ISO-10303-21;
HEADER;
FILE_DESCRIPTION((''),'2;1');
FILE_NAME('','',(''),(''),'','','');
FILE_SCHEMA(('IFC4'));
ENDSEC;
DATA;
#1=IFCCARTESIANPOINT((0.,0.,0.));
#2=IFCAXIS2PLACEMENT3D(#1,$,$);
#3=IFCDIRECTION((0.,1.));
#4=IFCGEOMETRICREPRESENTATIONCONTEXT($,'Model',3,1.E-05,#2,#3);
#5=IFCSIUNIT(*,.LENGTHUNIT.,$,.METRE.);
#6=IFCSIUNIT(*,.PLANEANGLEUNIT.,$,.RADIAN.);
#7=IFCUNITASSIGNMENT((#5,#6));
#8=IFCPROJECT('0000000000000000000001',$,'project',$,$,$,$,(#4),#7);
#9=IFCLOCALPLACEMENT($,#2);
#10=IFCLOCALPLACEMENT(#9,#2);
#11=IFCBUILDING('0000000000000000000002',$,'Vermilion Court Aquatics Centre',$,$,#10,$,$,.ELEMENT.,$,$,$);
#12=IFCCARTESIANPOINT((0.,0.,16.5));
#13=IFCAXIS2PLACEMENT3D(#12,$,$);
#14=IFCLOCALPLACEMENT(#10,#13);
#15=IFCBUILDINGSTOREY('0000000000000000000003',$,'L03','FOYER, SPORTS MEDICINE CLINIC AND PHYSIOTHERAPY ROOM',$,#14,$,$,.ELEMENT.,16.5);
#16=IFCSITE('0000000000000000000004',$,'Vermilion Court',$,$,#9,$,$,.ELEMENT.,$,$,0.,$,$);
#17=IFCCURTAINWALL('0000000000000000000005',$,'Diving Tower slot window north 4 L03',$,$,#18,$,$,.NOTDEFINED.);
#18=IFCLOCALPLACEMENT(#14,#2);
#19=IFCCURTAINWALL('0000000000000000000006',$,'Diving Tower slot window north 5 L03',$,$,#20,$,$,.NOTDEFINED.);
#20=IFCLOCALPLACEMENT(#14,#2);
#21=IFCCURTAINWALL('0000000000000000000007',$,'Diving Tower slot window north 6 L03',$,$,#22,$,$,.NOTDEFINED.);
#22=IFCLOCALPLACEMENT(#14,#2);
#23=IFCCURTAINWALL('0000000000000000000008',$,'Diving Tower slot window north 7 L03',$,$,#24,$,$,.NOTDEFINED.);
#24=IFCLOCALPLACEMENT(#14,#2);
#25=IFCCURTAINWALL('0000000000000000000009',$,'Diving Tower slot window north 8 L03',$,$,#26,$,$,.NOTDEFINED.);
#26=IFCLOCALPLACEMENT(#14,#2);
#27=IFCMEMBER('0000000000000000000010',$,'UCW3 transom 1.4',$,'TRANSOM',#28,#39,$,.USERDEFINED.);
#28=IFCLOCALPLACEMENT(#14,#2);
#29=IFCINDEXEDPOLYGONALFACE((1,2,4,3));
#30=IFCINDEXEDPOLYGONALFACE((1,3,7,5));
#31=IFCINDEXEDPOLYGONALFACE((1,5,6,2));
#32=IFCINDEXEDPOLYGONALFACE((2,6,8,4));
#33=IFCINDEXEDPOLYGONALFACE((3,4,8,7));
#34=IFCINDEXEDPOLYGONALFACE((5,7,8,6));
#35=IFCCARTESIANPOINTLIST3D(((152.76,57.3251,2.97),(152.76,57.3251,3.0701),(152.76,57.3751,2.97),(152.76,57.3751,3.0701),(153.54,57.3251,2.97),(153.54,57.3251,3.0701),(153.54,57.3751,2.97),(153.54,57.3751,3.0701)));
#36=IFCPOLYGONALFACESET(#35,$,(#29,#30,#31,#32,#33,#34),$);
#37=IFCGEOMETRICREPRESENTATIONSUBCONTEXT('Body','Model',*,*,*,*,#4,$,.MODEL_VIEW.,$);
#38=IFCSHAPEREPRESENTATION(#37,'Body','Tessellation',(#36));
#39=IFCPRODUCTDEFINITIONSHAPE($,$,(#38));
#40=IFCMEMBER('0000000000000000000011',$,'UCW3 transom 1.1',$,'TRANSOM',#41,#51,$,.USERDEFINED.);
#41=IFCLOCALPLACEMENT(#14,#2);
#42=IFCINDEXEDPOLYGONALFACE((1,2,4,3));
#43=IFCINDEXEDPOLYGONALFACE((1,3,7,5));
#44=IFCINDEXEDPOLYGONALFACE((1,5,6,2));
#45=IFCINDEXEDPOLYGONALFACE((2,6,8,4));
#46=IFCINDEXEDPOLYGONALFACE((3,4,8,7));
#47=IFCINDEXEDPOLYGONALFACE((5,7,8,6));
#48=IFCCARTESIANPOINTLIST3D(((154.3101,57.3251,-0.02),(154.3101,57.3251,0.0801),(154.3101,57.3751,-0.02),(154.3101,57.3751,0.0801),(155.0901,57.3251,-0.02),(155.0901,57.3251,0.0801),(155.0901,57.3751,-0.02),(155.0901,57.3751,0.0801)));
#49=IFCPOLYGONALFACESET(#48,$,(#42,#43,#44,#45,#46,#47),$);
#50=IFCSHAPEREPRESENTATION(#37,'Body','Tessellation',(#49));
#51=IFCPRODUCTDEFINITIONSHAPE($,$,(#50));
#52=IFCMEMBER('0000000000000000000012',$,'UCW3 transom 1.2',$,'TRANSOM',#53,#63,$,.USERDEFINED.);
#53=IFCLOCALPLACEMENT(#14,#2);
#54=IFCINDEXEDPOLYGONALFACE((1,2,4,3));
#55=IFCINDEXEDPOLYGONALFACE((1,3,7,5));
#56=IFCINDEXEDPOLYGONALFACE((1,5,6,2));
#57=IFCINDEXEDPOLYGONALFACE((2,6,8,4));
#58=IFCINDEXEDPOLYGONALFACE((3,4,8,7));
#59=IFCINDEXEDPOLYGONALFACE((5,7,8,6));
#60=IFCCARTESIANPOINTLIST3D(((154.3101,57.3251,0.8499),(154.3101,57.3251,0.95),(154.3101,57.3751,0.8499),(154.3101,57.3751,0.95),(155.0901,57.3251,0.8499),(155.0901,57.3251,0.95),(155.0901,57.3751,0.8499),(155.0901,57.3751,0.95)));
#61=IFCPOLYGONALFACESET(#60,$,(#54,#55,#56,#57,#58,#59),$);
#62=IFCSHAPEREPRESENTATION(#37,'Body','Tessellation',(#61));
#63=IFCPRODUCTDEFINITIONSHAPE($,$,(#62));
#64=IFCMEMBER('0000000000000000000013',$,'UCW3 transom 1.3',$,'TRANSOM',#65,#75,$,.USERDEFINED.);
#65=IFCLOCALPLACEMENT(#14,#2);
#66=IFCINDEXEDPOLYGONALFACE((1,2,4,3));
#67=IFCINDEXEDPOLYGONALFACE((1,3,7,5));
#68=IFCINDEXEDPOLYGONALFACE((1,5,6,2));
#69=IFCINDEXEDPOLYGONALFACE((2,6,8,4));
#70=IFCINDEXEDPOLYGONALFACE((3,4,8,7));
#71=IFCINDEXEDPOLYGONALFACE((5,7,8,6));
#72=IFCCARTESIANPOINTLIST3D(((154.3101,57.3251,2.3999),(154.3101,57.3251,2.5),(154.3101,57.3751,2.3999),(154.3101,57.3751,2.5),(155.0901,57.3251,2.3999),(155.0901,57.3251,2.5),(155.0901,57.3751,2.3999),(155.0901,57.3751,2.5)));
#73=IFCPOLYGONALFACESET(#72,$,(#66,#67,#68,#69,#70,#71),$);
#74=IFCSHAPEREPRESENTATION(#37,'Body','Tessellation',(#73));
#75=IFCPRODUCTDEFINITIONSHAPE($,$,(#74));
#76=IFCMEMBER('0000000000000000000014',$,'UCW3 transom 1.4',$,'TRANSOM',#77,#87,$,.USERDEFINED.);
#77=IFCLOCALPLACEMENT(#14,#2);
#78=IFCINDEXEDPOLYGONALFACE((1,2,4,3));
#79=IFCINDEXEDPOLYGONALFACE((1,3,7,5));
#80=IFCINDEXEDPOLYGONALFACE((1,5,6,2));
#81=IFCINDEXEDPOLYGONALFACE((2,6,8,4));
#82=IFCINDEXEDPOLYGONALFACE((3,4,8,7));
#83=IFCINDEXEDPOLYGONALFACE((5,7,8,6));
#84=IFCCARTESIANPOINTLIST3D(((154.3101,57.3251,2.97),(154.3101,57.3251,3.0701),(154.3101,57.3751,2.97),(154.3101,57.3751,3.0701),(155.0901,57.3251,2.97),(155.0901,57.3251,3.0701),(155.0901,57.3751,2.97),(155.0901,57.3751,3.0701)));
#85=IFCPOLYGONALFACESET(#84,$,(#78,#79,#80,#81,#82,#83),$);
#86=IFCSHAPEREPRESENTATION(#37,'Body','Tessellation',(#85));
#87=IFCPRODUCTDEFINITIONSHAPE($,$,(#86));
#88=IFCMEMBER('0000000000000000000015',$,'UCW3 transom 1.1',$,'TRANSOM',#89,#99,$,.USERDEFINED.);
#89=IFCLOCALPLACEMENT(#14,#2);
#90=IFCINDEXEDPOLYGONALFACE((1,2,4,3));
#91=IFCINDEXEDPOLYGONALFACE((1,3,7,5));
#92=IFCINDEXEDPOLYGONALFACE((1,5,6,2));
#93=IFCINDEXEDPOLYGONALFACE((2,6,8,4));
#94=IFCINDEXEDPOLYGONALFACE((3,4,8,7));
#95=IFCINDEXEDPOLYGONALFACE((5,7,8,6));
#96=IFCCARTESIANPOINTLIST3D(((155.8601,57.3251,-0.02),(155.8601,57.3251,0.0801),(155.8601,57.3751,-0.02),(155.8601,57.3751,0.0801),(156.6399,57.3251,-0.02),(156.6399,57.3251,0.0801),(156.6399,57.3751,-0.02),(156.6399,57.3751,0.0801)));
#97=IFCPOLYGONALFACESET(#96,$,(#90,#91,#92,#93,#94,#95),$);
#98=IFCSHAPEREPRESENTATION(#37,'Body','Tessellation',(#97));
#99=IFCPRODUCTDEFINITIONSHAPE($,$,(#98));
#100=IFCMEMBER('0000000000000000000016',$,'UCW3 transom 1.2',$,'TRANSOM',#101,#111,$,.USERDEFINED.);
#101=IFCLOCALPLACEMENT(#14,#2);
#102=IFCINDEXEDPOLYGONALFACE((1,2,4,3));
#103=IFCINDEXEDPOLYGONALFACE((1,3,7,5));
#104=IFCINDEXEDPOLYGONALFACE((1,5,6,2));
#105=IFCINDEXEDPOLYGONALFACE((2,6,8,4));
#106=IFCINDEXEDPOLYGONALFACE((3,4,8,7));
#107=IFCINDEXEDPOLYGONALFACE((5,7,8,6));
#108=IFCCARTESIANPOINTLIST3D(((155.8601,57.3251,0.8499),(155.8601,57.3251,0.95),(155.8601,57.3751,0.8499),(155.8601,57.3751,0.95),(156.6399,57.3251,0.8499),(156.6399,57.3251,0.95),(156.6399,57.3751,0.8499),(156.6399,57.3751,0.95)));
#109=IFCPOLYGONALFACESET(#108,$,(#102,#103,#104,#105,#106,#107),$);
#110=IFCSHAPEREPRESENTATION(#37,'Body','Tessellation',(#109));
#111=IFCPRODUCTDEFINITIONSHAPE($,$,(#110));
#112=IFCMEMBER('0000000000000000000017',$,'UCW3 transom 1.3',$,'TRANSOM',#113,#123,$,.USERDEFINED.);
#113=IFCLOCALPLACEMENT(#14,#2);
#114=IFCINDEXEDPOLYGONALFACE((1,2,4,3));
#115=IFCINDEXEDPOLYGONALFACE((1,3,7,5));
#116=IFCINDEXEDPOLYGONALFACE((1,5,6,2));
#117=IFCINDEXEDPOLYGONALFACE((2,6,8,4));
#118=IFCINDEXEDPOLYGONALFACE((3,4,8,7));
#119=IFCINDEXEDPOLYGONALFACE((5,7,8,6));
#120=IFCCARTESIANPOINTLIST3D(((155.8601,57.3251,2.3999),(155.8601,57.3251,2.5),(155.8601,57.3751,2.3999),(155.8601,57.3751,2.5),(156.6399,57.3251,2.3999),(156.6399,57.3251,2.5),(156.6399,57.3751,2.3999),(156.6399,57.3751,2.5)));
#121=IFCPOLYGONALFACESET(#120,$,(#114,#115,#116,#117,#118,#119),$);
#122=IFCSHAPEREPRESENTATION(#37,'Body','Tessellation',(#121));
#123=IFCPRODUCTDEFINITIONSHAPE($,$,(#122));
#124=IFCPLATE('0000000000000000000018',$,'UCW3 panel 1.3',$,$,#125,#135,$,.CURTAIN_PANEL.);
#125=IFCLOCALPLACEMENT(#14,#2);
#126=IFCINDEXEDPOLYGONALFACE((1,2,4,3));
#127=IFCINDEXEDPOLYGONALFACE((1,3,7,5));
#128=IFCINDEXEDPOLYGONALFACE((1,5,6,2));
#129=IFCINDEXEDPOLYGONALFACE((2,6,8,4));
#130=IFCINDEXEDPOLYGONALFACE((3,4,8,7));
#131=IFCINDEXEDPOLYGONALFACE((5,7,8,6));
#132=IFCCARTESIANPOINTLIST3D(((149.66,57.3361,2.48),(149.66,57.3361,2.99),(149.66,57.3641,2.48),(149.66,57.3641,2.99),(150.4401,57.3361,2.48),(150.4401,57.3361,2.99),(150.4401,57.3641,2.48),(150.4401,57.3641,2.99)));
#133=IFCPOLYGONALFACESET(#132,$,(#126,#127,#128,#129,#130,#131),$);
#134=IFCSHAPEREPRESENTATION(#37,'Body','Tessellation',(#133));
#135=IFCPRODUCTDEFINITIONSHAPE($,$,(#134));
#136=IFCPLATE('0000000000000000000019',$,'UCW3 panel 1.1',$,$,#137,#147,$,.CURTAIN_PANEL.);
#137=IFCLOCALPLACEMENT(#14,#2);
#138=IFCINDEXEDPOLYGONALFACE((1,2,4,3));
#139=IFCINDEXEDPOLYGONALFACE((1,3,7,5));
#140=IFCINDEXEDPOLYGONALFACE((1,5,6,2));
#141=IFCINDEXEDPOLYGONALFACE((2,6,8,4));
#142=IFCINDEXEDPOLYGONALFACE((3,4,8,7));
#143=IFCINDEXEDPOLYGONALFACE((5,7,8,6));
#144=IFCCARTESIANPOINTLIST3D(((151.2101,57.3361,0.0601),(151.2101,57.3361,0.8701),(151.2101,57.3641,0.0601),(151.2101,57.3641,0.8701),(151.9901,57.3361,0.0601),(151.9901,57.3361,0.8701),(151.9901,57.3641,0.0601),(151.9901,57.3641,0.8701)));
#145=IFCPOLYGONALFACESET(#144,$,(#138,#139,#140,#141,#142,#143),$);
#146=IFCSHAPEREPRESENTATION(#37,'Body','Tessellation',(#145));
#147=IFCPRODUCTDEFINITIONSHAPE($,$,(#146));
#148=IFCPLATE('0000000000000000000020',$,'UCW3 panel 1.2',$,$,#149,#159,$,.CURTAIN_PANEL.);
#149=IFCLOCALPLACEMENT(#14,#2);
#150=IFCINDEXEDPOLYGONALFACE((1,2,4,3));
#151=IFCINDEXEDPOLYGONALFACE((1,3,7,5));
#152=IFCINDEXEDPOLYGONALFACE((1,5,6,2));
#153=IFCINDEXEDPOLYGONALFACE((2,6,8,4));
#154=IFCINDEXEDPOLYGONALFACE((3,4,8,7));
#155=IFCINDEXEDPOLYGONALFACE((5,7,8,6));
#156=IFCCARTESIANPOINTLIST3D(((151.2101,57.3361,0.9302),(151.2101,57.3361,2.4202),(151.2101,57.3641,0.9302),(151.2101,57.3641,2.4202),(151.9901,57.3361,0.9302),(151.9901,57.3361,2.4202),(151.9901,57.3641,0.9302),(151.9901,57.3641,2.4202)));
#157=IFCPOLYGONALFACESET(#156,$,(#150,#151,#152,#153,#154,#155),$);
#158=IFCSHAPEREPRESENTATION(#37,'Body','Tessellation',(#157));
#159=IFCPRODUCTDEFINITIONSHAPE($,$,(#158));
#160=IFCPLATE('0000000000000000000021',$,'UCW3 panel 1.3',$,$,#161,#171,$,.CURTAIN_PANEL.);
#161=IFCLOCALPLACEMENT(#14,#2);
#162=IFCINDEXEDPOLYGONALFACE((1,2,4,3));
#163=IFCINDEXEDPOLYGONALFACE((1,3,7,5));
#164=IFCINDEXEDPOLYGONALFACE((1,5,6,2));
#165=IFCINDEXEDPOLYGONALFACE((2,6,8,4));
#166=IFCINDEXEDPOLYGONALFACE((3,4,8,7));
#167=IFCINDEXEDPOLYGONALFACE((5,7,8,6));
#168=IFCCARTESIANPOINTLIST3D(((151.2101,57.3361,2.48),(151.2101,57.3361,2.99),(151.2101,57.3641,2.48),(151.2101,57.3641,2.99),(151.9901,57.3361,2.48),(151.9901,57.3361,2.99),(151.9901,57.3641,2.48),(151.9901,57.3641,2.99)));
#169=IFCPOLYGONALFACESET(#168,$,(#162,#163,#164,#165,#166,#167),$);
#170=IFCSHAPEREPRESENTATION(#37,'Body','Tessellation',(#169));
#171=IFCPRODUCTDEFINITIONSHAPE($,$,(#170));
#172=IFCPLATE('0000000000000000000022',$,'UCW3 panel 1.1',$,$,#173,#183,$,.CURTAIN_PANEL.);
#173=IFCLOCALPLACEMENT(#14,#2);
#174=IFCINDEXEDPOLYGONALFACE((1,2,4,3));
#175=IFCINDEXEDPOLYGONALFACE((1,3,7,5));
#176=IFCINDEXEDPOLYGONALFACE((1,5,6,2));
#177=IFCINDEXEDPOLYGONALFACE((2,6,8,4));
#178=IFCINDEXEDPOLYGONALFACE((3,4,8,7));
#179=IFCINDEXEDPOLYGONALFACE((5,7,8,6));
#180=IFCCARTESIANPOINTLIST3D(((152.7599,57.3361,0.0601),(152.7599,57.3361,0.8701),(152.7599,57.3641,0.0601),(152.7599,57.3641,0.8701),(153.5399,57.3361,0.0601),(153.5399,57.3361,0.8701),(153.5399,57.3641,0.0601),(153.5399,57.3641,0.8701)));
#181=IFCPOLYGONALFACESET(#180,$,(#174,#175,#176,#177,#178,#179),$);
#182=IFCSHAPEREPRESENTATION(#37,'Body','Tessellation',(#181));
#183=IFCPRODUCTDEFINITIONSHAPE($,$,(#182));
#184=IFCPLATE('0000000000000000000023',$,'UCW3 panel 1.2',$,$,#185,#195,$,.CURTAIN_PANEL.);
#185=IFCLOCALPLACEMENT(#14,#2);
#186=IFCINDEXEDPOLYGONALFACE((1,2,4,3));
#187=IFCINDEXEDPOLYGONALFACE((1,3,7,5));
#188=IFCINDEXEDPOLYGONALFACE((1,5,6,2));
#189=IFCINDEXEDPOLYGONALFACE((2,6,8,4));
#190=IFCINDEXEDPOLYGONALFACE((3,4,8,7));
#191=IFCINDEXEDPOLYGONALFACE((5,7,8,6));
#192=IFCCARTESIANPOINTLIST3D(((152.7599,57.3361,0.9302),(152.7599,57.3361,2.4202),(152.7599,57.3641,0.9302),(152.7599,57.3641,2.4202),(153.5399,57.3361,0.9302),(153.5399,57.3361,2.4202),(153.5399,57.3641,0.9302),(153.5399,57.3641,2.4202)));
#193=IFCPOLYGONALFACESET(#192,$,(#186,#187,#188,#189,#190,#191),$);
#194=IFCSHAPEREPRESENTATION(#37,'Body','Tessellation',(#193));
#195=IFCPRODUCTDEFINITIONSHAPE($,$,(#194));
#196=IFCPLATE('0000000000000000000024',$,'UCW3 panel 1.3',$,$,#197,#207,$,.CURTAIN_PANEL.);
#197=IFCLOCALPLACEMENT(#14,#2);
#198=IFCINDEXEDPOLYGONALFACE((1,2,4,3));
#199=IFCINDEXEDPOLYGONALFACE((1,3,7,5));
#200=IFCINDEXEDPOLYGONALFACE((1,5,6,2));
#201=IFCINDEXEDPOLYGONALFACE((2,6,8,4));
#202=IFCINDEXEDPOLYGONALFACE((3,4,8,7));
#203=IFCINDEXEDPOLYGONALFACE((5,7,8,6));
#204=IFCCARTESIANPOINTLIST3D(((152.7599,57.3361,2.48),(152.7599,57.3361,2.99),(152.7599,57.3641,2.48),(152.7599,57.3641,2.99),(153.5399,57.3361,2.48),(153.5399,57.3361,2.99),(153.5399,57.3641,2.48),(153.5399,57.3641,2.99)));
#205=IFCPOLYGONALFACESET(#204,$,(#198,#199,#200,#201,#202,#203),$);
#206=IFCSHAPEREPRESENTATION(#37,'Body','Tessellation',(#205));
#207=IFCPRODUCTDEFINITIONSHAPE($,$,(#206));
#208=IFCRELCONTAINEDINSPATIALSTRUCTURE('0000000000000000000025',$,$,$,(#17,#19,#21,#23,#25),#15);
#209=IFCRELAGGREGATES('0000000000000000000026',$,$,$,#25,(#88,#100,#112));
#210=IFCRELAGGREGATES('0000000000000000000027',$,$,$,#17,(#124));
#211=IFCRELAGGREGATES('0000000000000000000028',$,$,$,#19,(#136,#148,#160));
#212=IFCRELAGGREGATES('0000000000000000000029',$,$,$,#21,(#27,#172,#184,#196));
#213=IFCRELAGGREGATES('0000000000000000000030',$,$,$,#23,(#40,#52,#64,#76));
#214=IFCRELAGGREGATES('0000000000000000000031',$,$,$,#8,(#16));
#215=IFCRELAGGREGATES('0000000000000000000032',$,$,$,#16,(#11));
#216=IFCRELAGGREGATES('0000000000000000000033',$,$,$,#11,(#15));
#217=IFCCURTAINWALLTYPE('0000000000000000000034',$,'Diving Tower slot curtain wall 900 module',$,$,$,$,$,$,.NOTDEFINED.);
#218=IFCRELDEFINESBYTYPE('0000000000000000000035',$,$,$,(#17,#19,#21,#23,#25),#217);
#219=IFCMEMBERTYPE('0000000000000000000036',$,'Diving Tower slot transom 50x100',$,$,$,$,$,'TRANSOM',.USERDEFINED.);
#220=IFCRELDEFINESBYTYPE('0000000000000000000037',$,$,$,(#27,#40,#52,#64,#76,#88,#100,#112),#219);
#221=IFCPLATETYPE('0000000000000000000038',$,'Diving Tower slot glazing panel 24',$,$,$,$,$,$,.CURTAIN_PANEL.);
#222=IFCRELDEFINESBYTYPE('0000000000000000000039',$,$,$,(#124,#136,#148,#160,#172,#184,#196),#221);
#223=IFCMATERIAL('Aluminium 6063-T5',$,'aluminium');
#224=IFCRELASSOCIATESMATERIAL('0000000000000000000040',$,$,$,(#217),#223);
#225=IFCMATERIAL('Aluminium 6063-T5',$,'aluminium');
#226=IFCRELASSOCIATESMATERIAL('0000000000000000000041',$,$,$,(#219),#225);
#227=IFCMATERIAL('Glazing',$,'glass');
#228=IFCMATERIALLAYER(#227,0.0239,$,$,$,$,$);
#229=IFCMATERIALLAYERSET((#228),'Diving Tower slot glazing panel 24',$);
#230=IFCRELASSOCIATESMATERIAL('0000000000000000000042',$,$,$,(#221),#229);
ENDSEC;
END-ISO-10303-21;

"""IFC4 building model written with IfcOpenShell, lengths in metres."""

from ifc_helpers import new_model, si_unit, direction, frame, origin, origin_2d, place, context, subcontext, project, spatial, rectangle, extrude, material, layer, layer_set, material_profile, profile_set, type_object, element, aggregate, save


model = new_model("IFC4")

# Units and contexts
model_context = context("Model", 3, precision=1e-05, world=origin(), true_north=direction((0.0, 1.0)))
body_context = subcontext(model_context, "Body", "Model", "MODEL_VIEW")
ifc_project = project(units=[si_unit("LENGTHUNIT", "METRE"), si_unit("PLANEANGLEUNIT", "RADIAN")], contexts=[model_context])

# Site, building, storey
site_placement = place(None, origin())
site = spatial("IfcSite", under=ifc_project, at=site_placement, Name="Vermilion Court", CompositionType="ELEMENT", RefElevation=0.0)
building_placement = place(site_placement, origin())
building = spatial("IfcBuilding", under=site, at=building_placement, Name="Vermilion Court Aquatics Centre", CompositionType="ELEMENT")
storey_placement = place(building_placement, frame((0.0, 0.0, 16.5)))
storey = spatial("IfcBuildingStorey", under=building, at=storey_placement, Name="L03", Description="FOYER, SPORTS MEDICINE CLINIC AND PHYSIOTHERAPY ROOM", CompositionType="ELEMENT", Elevation=16.5)

# Curtain wall
ifc_material_1 = material(Name="Aluminium 6063-T5", Category="aluminium")
curtain_wall_type = type_object("IfcCurtainWallType", Name="Diving Tower slot curtain wall 900 module", PredefinedType="NOTDEFINED", material=ifc_material_1)
curtain_wall_1_placement = place(storey_placement, origin())
curtain_wall_1 = element("IfcCurtainWall", 1, at=curtain_wall_1_placement, inside=storey, type_object=curtain_wall_type, Name="Diving Tower slot window north 4 L03", PredefinedType="NOTDEFINED")

# Curtain walls
curtain_wall_2_placement = place(storey_placement, origin())
curtain_wall_2 = element("IfcCurtainWall", 2, at=curtain_wall_2_placement, inside=storey, type_object=curtain_wall_type, Name="Diving Tower slot window north 5 L03", PredefinedType="NOTDEFINED")
curtain_wall_3_placement = place(storey_placement, origin())
curtain_wall_3 = element("IfcCurtainWall", 3, at=curtain_wall_3_placement, inside=storey, type_object=curtain_wall_type, Name="Diving Tower slot window north 6 L03", PredefinedType="NOTDEFINED")
curtain_wall_4_placement = place(storey_placement, origin())
curtain_wall_4 = element("IfcCurtainWall", 4, at=curtain_wall_4_placement, inside=storey, type_object=curtain_wall_type, Name="Diving Tower slot window north 7 L03", PredefinedType="NOTDEFINED")

# Curtain wall
curtain_wall_5_placement = place(storey_placement, origin())
curtain_wall_5 = element("IfcCurtainWall", 5, at=curtain_wall_5_placement, inside=storey, type_object=curtain_wall_type, Name="Diving Tower slot window north 8 L03", PredefinedType="NOTDEFINED")

# Members
ifc_material_2 = material(Name="Aluminium 6063-T5", Category="aluminium")
ifc_material_profile_1 = material_profile(ifc_material_2, rectangle(XDim=0.05, YDim=0.1001, at=origin_2d()), Name="AL 50x100")
ifc_profile_set_1 = profile_set([ifc_material_profile_1], Name="Aluminium 6063-T5")
member_type_1 = type_object("IfcMemberType", Name="Diving Tower slot transom 50x100", ElementType="TRANSOM", PredefinedType="USERDEFINED", material=ifc_profile_set_1)
member_1_placement = place(storey_placement, frame((152.76, 57.3501, 3.02), z_axis=(1.0, 0.0, 0.0), x_axis=(0.0, 1.0, 0.0)))
member_1 = element("IfcMember", 6, at=member_1_placement, type_object=member_type_1, Name="UCW3 transom 1.4", ObjectType="TRANSOM", PredefinedType="USERDEFINED", context=body_context, shape_type="SweptSolid", body=[
    extrude(rectangle(XDim=0.05, YDim=0.1001, at=origin_2d()), origin(), (0.0, 0.0, 1.0), 0.78),
])
member_2_placement = place(storey_placement, frame((154.3101, 57.3501, 0.03), z_axis=(1.0, 0.0, 0.0), x_axis=(0.0, 1.0, 0.0)))
member_2 = element("IfcMember", 7, at=member_2_placement, type_object=member_type_1, Name="UCW3 transom 1.1", ObjectType="TRANSOM", PredefinedType="USERDEFINED", context=body_context, shape_type="SweptSolid", body=[
    extrude(rectangle(XDim=0.05, YDim=0.1001, at=origin_2d()), origin(), (0.0, 0.0, 1.0), 0.78),
])
member_3_placement = place(storey_placement, frame((154.3101, 57.3501, 0.8999), z_axis=(1.0, 0.0, 0.0), x_axis=(0.0, 1.0, 0.0)))
member_3 = element("IfcMember", 8, at=member_3_placement, type_object=member_type_1, Name="UCW3 transom 1.2", ObjectType="TRANSOM", PredefinedType="USERDEFINED", context=body_context, shape_type="SweptSolid", body=[
    extrude(rectangle(XDim=0.05, YDim=0.1001, at=origin_2d()), origin(), (0.0, 0.0, 1.0), 0.78),
])
member_4_placement = place(storey_placement, frame((154.3101, 57.3501, 2.45), z_axis=(1.0, 0.0, 0.0), x_axis=(0.0, 1.0, 0.0)))
member_4 = element("IfcMember", 9, at=member_4_placement, type_object=member_type_1, Name="UCW3 transom 1.3", ObjectType="TRANSOM", PredefinedType="USERDEFINED", context=body_context, shape_type="SweptSolid", body=[
    extrude(rectangle(XDim=0.05, YDim=0.1001, at=origin_2d()), origin(), (0.0, 0.0, 1.0), 0.78),
])
member_5_placement = place(storey_placement, frame((154.3101, 57.3501, 3.02), z_axis=(1.0, 0.0, 0.0), x_axis=(0.0, 1.0, 0.0)))
member_5 = element("IfcMember", 10, at=member_5_placement, type_object=member_type_1, Name="UCW3 transom 1.4", ObjectType="TRANSOM", PredefinedType="USERDEFINED", context=body_context, shape_type="SweptSolid", body=[
    extrude(rectangle(XDim=0.05, YDim=0.1001, at=origin_2d()), origin(), (0.0, 0.0, 1.0), 0.78),
])
member_6_placement = place(storey_placement, frame((155.8601, 57.3501, 0.03), z_axis=(1.0, 0.0, 0.0), x_axis=(0.0, 1.0, 0.0)))
member_6 = element("IfcMember", 11, at=member_6_placement, type_object=member_type_1, Name="UCW3 transom 1.1", ObjectType="TRANSOM", PredefinedType="USERDEFINED", context=body_context, shape_type="SweptSolid", body=[
    extrude(rectangle(XDim=0.05, YDim=0.1001, at=origin_2d()), origin(), (0.0, 0.0, 1.0), 0.7798),
])
member_7_placement = place(storey_placement, frame((155.8601, 57.3501, 0.8999), z_axis=(1.0, 0.0, 0.0), x_axis=(0.0, 1.0, 0.0)))
member_7 = element("IfcMember", 12, at=member_7_placement, type_object=member_type_1, Name="UCW3 transom 1.2", ObjectType="TRANSOM", PredefinedType="USERDEFINED", context=body_context, shape_type="SweptSolid", body=[
    extrude(rectangle(XDim=0.05, YDim=0.1001, at=origin_2d()), origin(), (0.0, 0.0, 1.0), 0.7798),
])
member_8_placement = place(storey_placement, frame((155.8601, 57.3501, 2.45), z_axis=(1.0, 0.0, 0.0), x_axis=(0.0, 1.0, 0.0)))
member_8 = element("IfcMember", 13, at=member_8_placement, type_object=member_type_1, Name="UCW3 transom 1.3", ObjectType="TRANSOM", PredefinedType="USERDEFINED", context=body_context, shape_type="SweptSolid", body=[
    extrude(rectangle(XDim=0.05, YDim=0.1001, at=origin_2d()), origin(), (0.0, 0.0, 1.0), 0.7798),
])
aggregate(curtain_wall_5, [member_6, member_7, member_8])

# Plates
ifc_material_3 = material(Name="Glazing", Category="glass")
ifc_layer = layer(ifc_material_3, 0.0239)
ifc_layer_set = layer_set([ifc_layer], Name="Diving Tower slot glazing panel 24")
plate_type = type_object("IfcPlateType", Name="Diving Tower slot glazing panel 24", PredefinedType="CURTAIN_PANEL", material=ifc_layer_set)
plate_1_placement = place(storey_placement, frame((150.05, 57.3501, 2.48), z_axis=(0.0, 0.0, 1.0), x_axis=(1.0, 0.0, 0.0)))
plate_1 = element("IfcPlate", 14, at=plate_1_placement, type_object=plate_type, Name="UCW3 panel 1.3", PredefinedType="CURTAIN_PANEL", context=body_context, shape_type="SweptSolid", body=[
    extrude(rectangle(XDim=0.78, YDim=0.0281, at=origin_2d()), origin(), (0.0, 0.0, 1.0), 0.51),
])
aggregate(curtain_wall_1, [plate_1])
plate_2_placement = place(storey_placement, frame((151.6001, 57.3501, 0.0601), z_axis=(0.0, 0.0, 1.0), x_axis=(1.0, 0.0, 0.0)))
plate_2 = element("IfcPlate", 15, at=plate_2_placement, type_object=plate_type, Name="UCW3 panel 1.1", PredefinedType="CURTAIN_PANEL", context=body_context, shape_type="SweptSolid", body=[
    extrude(rectangle(XDim=0.78, YDim=0.0281, at=origin_2d()), origin(), (0.0, 0.0, 1.0), 0.8101),
])
plate_3_placement = place(storey_placement, frame((151.6001, 57.3501, 0.9302), z_axis=(0.0, 0.0, 1.0), x_axis=(1.0, 0.0, 0.0)))
plate_3 = element("IfcPlate", 16, at=plate_3_placement, type_object=plate_type, Name="UCW3 panel 1.2", PredefinedType="CURTAIN_PANEL", context=body_context, shape_type="SweptSolid", body=[
    extrude(rectangle(XDim=0.78, YDim=0.0281, at=origin_2d()), origin(), (0.0, 0.0, 1.0), 1.49),
])
plate_4_placement = place(storey_placement, frame((151.6001, 57.3501, 2.48), z_axis=(0.0, 0.0, 1.0), x_axis=(1.0, 0.0, 0.0)))
plate_4 = element("IfcPlate", 17, at=plate_4_placement, type_object=plate_type, Name="UCW3 panel 1.3", PredefinedType="CURTAIN_PANEL", context=body_context, shape_type="SweptSolid", body=[
    extrude(rectangle(XDim=0.78, YDim=0.0281, at=origin_2d()), origin(), (0.0, 0.0, 1.0), 0.51),
])
aggregate(curtain_wall_2, [plate_2, plate_3, plate_4])
plate_5_placement = place(storey_placement, frame((153.1499, 57.3501, 0.0601), z_axis=(0.0, 0.0, 1.0), x_axis=(1.0, 0.0, 0.0)))
plate_5 = element("IfcPlate", 18, at=plate_5_placement, type_object=plate_type, Name="UCW3 panel 1.1", PredefinedType="CURTAIN_PANEL", context=body_context, shape_type="SweptSolid", body=[
    extrude(rectangle(XDim=0.78, YDim=0.0281, at=origin_2d()), origin(), (0.0, 0.0, 1.0), 0.8101),
])
plate_6_placement = place(storey_placement, frame((153.1499, 57.3501, 0.9302), z_axis=(0.0, 0.0, 1.0), x_axis=(1.0, 0.0, 0.0)))
plate_6 = element("IfcPlate", 19, at=plate_6_placement, type_object=plate_type, Name="UCW3 panel 1.2", PredefinedType="CURTAIN_PANEL", context=body_context, shape_type="SweptSolid", body=[
    extrude(rectangle(XDim=0.78, YDim=0.0281, at=origin_2d()), origin(), (0.0, 0.0, 1.0), 1.49),
])
plate_7_placement = place(storey_placement, frame((153.1499, 57.3501, 2.48), z_axis=(0.0, 0.0, 1.0), x_axis=(1.0, 0.0, 0.0)))
plate_7 = element("IfcPlate", 20, at=plate_7_placement, type_object=plate_type, Name="UCW3 panel 1.3", PredefinedType="CURTAIN_PANEL", context=body_context, shape_type="SweptSolid", body=[
    extrude(rectangle(XDim=0.78, YDim=0.0281, at=origin_2d()), origin(), (0.0, 0.0, 1.0), 0.51),
])
aggregate(curtain_wall_3, [member_1, plate_5, plate_6, plate_7])
aggregate(curtain_wall_4, [member_2, member_3, member_4, member_5])

save(model, "model.ifc")
